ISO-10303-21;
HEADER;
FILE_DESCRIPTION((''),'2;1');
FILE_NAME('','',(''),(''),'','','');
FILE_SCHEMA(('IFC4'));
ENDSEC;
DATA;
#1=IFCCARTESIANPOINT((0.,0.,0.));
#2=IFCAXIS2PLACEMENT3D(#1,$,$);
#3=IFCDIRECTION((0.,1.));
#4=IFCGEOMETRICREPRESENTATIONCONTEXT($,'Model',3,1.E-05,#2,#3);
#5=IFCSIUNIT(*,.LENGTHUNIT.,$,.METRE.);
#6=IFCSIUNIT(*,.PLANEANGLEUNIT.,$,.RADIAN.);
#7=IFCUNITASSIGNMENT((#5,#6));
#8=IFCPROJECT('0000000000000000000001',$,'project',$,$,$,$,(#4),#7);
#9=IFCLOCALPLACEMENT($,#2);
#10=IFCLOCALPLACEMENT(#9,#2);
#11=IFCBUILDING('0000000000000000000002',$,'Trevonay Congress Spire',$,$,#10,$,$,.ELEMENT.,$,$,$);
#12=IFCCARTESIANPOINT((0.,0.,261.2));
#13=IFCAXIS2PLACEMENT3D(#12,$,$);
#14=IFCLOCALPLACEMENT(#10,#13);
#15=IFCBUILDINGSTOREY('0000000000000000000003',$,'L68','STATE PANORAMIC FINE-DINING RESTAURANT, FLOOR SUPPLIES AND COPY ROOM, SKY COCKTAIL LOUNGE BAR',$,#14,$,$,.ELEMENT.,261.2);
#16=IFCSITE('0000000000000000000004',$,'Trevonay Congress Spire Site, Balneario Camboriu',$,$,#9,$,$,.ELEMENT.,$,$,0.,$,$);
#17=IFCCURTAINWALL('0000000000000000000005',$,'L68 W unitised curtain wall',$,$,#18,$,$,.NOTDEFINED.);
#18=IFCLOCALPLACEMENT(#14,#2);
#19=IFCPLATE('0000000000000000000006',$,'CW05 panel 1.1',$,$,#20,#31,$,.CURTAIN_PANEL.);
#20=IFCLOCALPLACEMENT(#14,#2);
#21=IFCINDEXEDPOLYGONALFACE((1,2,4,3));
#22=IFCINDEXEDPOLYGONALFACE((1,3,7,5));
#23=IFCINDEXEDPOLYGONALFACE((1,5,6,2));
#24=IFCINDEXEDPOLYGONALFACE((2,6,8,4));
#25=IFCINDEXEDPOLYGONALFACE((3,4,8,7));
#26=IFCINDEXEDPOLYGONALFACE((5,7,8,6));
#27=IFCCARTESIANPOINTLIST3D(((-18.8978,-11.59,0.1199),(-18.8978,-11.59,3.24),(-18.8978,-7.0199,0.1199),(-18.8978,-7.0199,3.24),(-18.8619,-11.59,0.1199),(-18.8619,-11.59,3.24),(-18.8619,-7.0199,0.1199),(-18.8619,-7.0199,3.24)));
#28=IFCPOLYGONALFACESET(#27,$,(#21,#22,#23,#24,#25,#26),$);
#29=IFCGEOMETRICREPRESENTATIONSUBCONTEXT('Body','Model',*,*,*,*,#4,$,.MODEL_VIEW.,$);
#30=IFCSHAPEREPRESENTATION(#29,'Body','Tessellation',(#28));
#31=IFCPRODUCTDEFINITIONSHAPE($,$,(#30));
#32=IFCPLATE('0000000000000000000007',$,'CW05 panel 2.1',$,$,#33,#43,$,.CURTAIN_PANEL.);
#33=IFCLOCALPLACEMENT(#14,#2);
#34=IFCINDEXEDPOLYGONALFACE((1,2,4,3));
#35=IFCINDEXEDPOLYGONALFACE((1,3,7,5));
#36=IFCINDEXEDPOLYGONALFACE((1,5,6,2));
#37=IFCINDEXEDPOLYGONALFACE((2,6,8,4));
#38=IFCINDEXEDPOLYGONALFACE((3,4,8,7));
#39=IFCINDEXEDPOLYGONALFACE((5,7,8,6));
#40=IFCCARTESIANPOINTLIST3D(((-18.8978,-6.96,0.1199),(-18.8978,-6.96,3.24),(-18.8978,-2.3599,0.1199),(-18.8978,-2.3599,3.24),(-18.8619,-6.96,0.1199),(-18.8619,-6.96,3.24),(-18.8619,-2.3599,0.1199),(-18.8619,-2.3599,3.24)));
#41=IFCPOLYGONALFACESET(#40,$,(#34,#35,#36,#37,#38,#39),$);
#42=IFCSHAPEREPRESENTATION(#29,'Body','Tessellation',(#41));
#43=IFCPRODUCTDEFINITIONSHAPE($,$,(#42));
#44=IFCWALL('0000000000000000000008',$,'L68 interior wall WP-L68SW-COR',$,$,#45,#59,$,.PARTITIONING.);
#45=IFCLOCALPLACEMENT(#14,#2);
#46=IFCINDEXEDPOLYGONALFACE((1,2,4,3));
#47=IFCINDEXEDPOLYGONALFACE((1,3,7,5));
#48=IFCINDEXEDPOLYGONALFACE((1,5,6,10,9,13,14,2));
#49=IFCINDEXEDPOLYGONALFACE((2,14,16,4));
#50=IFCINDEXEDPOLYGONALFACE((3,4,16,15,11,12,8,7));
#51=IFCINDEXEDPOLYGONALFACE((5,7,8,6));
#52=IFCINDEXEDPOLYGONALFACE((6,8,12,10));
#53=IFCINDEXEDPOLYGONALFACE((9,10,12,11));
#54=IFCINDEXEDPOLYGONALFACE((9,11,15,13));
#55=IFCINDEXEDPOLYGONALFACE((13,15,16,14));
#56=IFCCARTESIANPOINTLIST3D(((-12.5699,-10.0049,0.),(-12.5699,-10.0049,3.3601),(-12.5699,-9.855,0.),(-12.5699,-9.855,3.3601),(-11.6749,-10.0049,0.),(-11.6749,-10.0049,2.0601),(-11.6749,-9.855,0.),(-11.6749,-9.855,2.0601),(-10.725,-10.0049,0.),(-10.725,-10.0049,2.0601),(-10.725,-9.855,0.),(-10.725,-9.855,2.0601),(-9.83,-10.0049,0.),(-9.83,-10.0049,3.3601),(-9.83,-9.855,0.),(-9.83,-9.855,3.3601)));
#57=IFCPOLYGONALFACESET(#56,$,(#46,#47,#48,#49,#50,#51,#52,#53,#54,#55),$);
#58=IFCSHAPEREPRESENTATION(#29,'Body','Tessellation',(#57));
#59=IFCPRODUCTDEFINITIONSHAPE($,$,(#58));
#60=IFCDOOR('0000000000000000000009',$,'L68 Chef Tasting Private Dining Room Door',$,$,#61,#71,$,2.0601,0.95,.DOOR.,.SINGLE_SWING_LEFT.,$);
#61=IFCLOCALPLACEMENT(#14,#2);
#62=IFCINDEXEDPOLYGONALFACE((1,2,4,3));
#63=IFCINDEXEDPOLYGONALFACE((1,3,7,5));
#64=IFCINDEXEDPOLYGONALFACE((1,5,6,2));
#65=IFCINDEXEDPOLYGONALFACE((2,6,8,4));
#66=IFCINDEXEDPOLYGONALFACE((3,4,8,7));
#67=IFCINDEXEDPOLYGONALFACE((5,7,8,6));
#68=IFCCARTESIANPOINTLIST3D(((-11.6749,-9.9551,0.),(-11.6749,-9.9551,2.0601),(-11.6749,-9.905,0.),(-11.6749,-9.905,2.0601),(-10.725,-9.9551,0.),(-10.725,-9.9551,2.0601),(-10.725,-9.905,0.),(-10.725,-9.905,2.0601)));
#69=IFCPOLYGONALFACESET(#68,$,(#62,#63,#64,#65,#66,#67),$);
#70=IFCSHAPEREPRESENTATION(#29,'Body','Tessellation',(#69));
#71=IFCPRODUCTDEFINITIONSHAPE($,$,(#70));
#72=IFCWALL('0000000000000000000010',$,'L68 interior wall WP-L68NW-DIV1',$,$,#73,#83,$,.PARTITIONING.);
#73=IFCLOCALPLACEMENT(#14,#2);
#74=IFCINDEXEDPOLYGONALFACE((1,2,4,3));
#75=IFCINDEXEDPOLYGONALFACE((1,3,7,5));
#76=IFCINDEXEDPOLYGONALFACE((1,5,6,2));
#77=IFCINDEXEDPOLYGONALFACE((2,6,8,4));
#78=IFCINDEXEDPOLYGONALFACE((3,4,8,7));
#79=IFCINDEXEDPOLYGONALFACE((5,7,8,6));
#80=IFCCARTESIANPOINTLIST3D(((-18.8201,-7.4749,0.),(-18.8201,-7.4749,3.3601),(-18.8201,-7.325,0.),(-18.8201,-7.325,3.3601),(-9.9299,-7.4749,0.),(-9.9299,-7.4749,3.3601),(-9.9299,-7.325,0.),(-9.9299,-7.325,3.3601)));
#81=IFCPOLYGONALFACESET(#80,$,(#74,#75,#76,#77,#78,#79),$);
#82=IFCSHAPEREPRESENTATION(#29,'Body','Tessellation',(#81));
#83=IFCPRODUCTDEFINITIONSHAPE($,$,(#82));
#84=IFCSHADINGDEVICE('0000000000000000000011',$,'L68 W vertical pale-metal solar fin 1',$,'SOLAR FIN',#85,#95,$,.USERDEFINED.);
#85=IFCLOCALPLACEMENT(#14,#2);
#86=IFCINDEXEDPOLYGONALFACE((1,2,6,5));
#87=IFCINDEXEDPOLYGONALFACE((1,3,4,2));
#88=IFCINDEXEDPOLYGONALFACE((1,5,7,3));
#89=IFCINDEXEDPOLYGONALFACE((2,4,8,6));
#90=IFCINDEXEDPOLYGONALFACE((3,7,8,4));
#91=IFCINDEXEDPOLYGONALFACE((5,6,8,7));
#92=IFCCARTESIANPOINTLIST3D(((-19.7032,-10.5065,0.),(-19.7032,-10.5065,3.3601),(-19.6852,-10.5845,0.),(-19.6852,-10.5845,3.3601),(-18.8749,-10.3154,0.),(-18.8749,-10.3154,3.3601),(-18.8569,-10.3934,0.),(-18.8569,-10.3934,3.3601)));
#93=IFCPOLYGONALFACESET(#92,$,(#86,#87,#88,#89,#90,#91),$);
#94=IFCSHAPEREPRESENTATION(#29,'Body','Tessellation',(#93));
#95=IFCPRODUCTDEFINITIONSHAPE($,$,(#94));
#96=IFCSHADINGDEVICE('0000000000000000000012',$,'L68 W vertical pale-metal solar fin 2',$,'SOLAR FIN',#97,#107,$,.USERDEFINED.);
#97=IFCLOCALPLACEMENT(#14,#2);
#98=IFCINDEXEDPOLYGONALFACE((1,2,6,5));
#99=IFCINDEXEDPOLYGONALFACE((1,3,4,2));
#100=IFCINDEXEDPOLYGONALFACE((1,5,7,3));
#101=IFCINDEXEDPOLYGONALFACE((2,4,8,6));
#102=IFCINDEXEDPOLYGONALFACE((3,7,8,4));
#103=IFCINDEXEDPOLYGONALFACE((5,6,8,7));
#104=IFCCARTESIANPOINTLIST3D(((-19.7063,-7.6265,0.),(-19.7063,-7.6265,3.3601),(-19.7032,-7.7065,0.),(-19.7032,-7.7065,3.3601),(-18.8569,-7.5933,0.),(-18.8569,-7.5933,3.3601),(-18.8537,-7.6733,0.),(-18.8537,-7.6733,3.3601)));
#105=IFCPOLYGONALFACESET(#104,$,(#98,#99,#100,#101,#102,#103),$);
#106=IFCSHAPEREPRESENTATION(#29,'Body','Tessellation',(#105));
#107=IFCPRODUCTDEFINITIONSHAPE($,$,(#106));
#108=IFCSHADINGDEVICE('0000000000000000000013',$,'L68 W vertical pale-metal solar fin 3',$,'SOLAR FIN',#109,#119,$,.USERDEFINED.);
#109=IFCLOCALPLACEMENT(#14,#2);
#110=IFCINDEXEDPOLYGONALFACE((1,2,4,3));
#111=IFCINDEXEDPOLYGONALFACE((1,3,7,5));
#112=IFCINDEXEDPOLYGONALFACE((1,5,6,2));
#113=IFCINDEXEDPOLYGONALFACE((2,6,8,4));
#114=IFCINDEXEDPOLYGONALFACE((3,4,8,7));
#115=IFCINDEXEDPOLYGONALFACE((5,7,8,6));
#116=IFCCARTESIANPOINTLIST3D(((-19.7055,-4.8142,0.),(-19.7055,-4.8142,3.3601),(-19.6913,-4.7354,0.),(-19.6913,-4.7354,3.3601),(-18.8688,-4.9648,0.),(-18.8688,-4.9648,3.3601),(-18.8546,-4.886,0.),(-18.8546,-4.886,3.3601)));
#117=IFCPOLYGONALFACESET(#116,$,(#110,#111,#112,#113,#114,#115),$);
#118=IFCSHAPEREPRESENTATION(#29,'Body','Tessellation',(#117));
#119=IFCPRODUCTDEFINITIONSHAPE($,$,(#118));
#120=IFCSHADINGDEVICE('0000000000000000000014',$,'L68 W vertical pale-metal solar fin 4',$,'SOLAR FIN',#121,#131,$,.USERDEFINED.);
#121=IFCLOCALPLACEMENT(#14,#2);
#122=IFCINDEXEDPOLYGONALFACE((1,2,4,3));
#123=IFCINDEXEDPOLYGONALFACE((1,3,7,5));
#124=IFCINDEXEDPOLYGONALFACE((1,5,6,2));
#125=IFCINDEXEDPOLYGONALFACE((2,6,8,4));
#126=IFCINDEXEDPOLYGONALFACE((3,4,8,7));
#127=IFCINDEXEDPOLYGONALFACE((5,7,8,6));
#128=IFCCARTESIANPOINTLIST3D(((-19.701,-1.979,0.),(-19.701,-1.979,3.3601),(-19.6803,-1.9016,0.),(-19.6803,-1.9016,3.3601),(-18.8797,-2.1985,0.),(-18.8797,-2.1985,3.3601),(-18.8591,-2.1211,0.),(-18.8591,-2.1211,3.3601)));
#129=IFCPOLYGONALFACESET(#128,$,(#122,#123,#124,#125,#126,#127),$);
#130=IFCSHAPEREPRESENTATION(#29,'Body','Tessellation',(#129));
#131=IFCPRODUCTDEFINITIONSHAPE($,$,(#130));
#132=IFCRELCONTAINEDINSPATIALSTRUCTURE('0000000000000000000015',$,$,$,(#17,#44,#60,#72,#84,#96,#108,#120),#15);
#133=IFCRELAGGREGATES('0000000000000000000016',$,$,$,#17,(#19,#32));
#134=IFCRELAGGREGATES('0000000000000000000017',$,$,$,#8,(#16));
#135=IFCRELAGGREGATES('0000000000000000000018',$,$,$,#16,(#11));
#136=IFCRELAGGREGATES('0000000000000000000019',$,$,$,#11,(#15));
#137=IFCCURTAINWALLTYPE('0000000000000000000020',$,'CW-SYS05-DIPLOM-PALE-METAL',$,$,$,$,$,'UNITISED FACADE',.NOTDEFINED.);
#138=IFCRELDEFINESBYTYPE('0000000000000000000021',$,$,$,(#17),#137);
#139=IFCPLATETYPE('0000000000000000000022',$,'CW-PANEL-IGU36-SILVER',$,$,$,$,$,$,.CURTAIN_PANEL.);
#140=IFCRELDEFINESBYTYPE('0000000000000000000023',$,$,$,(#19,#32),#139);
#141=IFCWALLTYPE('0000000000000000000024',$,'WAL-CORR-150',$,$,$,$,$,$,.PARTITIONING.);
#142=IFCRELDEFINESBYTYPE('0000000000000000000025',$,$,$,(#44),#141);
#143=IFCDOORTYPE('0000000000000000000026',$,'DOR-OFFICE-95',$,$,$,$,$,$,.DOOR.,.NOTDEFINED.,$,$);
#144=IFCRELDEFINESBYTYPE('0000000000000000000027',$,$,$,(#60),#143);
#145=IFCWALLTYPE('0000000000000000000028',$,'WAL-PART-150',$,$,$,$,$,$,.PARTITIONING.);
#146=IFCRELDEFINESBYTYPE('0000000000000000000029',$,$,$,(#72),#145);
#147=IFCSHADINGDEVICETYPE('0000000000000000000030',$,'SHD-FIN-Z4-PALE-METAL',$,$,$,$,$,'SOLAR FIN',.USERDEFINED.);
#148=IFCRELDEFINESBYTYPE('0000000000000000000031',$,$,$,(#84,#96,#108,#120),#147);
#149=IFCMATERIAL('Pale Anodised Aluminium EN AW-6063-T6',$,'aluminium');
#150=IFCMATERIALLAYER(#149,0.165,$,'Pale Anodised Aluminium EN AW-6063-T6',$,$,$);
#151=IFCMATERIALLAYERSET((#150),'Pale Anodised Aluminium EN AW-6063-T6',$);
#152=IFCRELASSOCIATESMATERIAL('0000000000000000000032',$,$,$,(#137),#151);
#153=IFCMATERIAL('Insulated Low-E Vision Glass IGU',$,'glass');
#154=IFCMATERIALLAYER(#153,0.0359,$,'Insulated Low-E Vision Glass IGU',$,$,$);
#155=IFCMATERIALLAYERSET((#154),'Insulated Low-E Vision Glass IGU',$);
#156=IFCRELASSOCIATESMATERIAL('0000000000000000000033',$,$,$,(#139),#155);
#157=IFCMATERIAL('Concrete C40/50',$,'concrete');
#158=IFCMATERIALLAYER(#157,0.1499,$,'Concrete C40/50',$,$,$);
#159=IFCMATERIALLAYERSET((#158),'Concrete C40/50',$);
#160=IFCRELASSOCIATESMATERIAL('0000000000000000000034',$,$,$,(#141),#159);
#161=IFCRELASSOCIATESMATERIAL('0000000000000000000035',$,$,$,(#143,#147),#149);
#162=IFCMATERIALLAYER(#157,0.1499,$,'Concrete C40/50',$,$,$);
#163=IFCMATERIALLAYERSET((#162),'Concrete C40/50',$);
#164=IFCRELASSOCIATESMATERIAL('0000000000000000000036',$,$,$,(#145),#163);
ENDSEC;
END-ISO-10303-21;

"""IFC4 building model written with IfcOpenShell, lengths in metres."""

from ifc_helpers import new_model, si_unit, direction, frame, frame_2d, origin, origin_2d, place, context, subcontext, project, spatial, rectangle, extrude, material, layer, layer_set, type_object, element, fill, aggregate, save


model = new_model("IFC4")

# Units and contexts
model_context = context("Model", 3, precision=1e-05, world=origin(), true_north=direction((0.0, 1.0)))
body_context = subcontext(model_context, "Body", "Model", "MODEL_VIEW")
ifc_project = project(units=[si_unit("LENGTHUNIT", "METRE"), si_unit("PLANEANGLEUNIT", "RADIAN")], contexts=[model_context])

# Site, building, storey
site_placement = place(None, origin())
site = spatial("IfcSite", under=ifc_project, at=site_placement, Name="Trevonay Congress Spire Site, Balneario Camboriu", CompositionType="ELEMENT", RefElevation=0.0)
building_placement = place(site_placement, origin())
building = spatial("IfcBuilding", under=site, at=building_placement, Name="Trevonay Congress Spire", CompositionType="ELEMENT")
storey_placement = place(building_placement, frame((0.0, 0.0, 261.2)))
storey = spatial("IfcBuildingStorey", under=building, at=storey_placement, Name="L68", Description="STATE PANORAMIC FINE-DINING RESTAURANT, FLOOR SUPPLIES AND COPY ROOM, SKY COCKTAIL LOUNGE BAR", CompositionType="ELEMENT", Elevation=261.2)

# Curtain wall, plates
ifc_material_1 = material(Name="Pale Anodised Aluminium EN AW-6063-T6", Category="aluminium")
ifc_layer_1 = layer(ifc_material_1, 0.165, Name="Pale Anodised Aluminium EN AW-6063-T6")
ifc_layer_set_1 = layer_set([ifc_layer_1], Name="Pale Anodised Aluminium EN AW-6063-T6")
curtain_wall_type = type_object("IfcCurtainWallType", Name="CW-SYS05-DIPLOM-PALE-METAL", ElementType="UNITISED FACADE", PredefinedType="NOTDEFINED", material=ifc_layer_set_1)
curtain_wall_placement = place(storey_placement, origin())
curtain_wall = element("IfcCurtainWall", 1, at=curtain_wall_placement, inside=storey, type_object=curtain_wall_type, Name="L68 W unitised curtain wall", PredefinedType="NOTDEFINED")
ifc_material_2 = material(Name="Insulated Low-E Vision Glass IGU", Category="glass")
ifc_layer_2 = layer(ifc_material_2, 0.0359, Name="Insulated Low-E Vision Glass IGU")
ifc_layer_set_2 = layer_set([ifc_layer_2], Name="Insulated Low-E Vision Glass IGU")
plate_type = type_object("IfcPlateType", Name="CW-PANEL-IGU36-SILVER", PredefinedType="CURTAIN_PANEL", material=ifc_layer_set_2)
plate_1_placement = place(storey_placement, frame((-18.8799, -9.3049, 0.1199), z_axis=(0.0, 0.0, 1.0), x_axis=(0.0, 1.0, 0.0)))
plate_1 = element("IfcPlate", 2, at=plate_1_placement, type_object=plate_type, Name="CW05 panel 1.1", PredefinedType="CURTAIN_PANEL", context=body_context, shape_type="SweptSolid", body=[
    extrude(rectangle(XDim=4.5701, YDim=0.0359, at=origin_2d()), origin(), (0.0, 0.0, 1.0), 3.1201),
])
plate_2_placement = place(storey_placement, frame((-18.8799, -4.6599, 0.1199), z_axis=(0.0, 0.0, 1.0), x_axis=(0.0, 1.0, 0.0)))
plate_2 = element("IfcPlate", 3, at=plate_2_placement, type_object=plate_type, Name="CW05 panel 2.1", PredefinedType="CURTAIN_PANEL", context=body_context, shape_type="SweptSolid", body=[
    extrude(rectangle(XDim=4.6001, YDim=0.0359, at=origin_2d()), origin(), (0.0, 0.0, 1.0), 3.1201),
])
aggregate(curtain_wall, [plate_1, plate_2])

# Wall, opening, door
ifc_material_3 = material(Name="Concrete C40/50", Category="concrete")
ifc_layer_3 = layer(ifc_material_3, 0.1499, Name="Concrete C40/50")
ifc_layer_set_3 = layer_set([ifc_layer_3], Name="Concrete C40/50")
wall_type_1 = type_object("IfcWallType", Name="WAL-CORR-150", PredefinedType="PARTITIONING", material=ifc_layer_set_3)
wall_1_placement = place(storey_placement, frame((-12.5701, -9.9299, 0.0), z_axis=(0.0, 0.0, 1.0), x_axis=(1.0, 0.0, 0.0)))
wall_1 = element("IfcWall", 4, at=wall_1_placement, inside=storey, type_object=wall_type_1, Name="L68 interior wall WP-L68SW-COR", PredefinedType="PARTITIONING", context=body_context, shape_type="SweptSolid", body=[
    extrude(rectangle(XDim=2.74, YDim=0.1499, at=frame_2d((1.3701, 0.0))), origin(), (0.0, 0.0, 1.0), 3.3601),
])
opening_placement = place(wall_1_placement, frame((0.895, 0.0, 0.0)))
opening = element("IfcOpeningElement", 5, at=opening_placement, cuts=wall_1, PredefinedType="OPENING", context=body_context, shape_type="SweptSolid", body=[
    extrude(rectangle(XDim=0.95, YDim=2.0601, at=frame_2d((0.4751, 1.03))), frame((0.0, 0.085, 0.0), z_axis=(0.0, -1.0, 0.0), x_axis=(1.0, 0.0, 0.0)), (0.0, 0.0, 1.0), 0.1699),
])
door_type = type_object("IfcDoorType", Name="DOR-OFFICE-95", OperationType="NOTDEFINED", PredefinedType="DOOR", material=ifc_material_1)
door_placement = place(opening_placement, origin())
door = element("IfcDoor", 6, at=door_placement, inside=storey, type_object=door_type, Name="L68 Chef Tasting Private Dining Room Door", OperationType="SINGLE_SWING_LEFT", OverallHeight=2.0601, OverallWidth=0.95, PredefinedType="DOOR", context=body_context, shape_type="SweptSolid", body=[
    extrude(rectangle(XDim=0.95, YDim=2.0601, at=frame_2d((0.4751, 1.03))), frame((0.0, 0.0249, 0.0), z_axis=(0.0, -1.0, 0.0), x_axis=(1.0, 0.0, 0.0)), (0.0, 0.0, 1.0), 0.05),
])
fill(opening, door)

# Wall
ifc_layer_4 = layer(ifc_material_3, 0.1499, Name="Concrete C40/50")
ifc_layer_set_4 = layer_set([ifc_layer_4], Name="Concrete C40/50")
wall_type_2 = type_object("IfcWallType", Name="WAL-PART-150", PredefinedType="PARTITIONING", material=ifc_layer_set_4)
wall_2_placement = place(storey_placement, frame((-18.8201, -7.3999, 0.0), z_axis=(0.0, 0.0, 1.0), x_axis=(1.0, 0.0, 0.0)))
element("IfcWall", 7, at=wall_2_placement, inside=storey, type_object=wall_type_2, Name="L68 interior wall WP-L68NW-DIV1", PredefinedType="PARTITIONING", context=body_context, shape_type="SweptSolid", body=[
    extrude(rectangle(XDim=8.8901, YDim=0.1499, at=frame_2d((4.4451, 0.0))), origin(), (0.0, 0.0, 1.0), 3.3601),
])

# Shading devices
shading_device_type = type_object("IfcShadingDeviceType", Name="SHD-FIN-Z4-PALE-METAL", ElementType="SOLAR FIN", PredefinedType="USERDEFINED", material=ifc_material_1)
for number, where, z_axis, x_axis, name in (
    (8, (-19.28, -10.45, 0.0), (0.0, 0.0, 1.0), (-0.224781, 0.974409, 0.0), "L68 W vertical pale-metal solar fin 1"),
    (9, (-19.28, -7.6499, 0.0), (0.0, 0.0, 1.0), (-0.039085, 0.999236, 0.0), "L68 W vertical pale-metal solar fin 2"),
    (10, (-19.28, -4.8501, 0.0), (0.0, 0.0, 1.0), (0.177085, 0.984196, 0.0), "L68 W vertical pale-metal solar fin 3"),
    (11, (-19.28, -2.05, 0.0), (0.0, 0.0, 1.0), (0.258145, 0.966106, 0.0), "L68 W vertical pale-metal solar fin 4"),
):
    element("IfcShadingDevice", number, at=place(storey_placement, frame(where, z_axis=z_axis, x_axis=x_axis)), inside=storey, type_object=shading_device_type, Name=name, ObjectType="SOLAR FIN", PredefinedType="USERDEFINED", context=body_context, shape_type="SweptSolid", body=[
        extrude(rectangle(XDim=0.0801, YDim=0.8501, at=origin_2d()), origin(), (0.0, 0.0, 1.0), 3.3601),
    ])

save(model, "model.ifc")
